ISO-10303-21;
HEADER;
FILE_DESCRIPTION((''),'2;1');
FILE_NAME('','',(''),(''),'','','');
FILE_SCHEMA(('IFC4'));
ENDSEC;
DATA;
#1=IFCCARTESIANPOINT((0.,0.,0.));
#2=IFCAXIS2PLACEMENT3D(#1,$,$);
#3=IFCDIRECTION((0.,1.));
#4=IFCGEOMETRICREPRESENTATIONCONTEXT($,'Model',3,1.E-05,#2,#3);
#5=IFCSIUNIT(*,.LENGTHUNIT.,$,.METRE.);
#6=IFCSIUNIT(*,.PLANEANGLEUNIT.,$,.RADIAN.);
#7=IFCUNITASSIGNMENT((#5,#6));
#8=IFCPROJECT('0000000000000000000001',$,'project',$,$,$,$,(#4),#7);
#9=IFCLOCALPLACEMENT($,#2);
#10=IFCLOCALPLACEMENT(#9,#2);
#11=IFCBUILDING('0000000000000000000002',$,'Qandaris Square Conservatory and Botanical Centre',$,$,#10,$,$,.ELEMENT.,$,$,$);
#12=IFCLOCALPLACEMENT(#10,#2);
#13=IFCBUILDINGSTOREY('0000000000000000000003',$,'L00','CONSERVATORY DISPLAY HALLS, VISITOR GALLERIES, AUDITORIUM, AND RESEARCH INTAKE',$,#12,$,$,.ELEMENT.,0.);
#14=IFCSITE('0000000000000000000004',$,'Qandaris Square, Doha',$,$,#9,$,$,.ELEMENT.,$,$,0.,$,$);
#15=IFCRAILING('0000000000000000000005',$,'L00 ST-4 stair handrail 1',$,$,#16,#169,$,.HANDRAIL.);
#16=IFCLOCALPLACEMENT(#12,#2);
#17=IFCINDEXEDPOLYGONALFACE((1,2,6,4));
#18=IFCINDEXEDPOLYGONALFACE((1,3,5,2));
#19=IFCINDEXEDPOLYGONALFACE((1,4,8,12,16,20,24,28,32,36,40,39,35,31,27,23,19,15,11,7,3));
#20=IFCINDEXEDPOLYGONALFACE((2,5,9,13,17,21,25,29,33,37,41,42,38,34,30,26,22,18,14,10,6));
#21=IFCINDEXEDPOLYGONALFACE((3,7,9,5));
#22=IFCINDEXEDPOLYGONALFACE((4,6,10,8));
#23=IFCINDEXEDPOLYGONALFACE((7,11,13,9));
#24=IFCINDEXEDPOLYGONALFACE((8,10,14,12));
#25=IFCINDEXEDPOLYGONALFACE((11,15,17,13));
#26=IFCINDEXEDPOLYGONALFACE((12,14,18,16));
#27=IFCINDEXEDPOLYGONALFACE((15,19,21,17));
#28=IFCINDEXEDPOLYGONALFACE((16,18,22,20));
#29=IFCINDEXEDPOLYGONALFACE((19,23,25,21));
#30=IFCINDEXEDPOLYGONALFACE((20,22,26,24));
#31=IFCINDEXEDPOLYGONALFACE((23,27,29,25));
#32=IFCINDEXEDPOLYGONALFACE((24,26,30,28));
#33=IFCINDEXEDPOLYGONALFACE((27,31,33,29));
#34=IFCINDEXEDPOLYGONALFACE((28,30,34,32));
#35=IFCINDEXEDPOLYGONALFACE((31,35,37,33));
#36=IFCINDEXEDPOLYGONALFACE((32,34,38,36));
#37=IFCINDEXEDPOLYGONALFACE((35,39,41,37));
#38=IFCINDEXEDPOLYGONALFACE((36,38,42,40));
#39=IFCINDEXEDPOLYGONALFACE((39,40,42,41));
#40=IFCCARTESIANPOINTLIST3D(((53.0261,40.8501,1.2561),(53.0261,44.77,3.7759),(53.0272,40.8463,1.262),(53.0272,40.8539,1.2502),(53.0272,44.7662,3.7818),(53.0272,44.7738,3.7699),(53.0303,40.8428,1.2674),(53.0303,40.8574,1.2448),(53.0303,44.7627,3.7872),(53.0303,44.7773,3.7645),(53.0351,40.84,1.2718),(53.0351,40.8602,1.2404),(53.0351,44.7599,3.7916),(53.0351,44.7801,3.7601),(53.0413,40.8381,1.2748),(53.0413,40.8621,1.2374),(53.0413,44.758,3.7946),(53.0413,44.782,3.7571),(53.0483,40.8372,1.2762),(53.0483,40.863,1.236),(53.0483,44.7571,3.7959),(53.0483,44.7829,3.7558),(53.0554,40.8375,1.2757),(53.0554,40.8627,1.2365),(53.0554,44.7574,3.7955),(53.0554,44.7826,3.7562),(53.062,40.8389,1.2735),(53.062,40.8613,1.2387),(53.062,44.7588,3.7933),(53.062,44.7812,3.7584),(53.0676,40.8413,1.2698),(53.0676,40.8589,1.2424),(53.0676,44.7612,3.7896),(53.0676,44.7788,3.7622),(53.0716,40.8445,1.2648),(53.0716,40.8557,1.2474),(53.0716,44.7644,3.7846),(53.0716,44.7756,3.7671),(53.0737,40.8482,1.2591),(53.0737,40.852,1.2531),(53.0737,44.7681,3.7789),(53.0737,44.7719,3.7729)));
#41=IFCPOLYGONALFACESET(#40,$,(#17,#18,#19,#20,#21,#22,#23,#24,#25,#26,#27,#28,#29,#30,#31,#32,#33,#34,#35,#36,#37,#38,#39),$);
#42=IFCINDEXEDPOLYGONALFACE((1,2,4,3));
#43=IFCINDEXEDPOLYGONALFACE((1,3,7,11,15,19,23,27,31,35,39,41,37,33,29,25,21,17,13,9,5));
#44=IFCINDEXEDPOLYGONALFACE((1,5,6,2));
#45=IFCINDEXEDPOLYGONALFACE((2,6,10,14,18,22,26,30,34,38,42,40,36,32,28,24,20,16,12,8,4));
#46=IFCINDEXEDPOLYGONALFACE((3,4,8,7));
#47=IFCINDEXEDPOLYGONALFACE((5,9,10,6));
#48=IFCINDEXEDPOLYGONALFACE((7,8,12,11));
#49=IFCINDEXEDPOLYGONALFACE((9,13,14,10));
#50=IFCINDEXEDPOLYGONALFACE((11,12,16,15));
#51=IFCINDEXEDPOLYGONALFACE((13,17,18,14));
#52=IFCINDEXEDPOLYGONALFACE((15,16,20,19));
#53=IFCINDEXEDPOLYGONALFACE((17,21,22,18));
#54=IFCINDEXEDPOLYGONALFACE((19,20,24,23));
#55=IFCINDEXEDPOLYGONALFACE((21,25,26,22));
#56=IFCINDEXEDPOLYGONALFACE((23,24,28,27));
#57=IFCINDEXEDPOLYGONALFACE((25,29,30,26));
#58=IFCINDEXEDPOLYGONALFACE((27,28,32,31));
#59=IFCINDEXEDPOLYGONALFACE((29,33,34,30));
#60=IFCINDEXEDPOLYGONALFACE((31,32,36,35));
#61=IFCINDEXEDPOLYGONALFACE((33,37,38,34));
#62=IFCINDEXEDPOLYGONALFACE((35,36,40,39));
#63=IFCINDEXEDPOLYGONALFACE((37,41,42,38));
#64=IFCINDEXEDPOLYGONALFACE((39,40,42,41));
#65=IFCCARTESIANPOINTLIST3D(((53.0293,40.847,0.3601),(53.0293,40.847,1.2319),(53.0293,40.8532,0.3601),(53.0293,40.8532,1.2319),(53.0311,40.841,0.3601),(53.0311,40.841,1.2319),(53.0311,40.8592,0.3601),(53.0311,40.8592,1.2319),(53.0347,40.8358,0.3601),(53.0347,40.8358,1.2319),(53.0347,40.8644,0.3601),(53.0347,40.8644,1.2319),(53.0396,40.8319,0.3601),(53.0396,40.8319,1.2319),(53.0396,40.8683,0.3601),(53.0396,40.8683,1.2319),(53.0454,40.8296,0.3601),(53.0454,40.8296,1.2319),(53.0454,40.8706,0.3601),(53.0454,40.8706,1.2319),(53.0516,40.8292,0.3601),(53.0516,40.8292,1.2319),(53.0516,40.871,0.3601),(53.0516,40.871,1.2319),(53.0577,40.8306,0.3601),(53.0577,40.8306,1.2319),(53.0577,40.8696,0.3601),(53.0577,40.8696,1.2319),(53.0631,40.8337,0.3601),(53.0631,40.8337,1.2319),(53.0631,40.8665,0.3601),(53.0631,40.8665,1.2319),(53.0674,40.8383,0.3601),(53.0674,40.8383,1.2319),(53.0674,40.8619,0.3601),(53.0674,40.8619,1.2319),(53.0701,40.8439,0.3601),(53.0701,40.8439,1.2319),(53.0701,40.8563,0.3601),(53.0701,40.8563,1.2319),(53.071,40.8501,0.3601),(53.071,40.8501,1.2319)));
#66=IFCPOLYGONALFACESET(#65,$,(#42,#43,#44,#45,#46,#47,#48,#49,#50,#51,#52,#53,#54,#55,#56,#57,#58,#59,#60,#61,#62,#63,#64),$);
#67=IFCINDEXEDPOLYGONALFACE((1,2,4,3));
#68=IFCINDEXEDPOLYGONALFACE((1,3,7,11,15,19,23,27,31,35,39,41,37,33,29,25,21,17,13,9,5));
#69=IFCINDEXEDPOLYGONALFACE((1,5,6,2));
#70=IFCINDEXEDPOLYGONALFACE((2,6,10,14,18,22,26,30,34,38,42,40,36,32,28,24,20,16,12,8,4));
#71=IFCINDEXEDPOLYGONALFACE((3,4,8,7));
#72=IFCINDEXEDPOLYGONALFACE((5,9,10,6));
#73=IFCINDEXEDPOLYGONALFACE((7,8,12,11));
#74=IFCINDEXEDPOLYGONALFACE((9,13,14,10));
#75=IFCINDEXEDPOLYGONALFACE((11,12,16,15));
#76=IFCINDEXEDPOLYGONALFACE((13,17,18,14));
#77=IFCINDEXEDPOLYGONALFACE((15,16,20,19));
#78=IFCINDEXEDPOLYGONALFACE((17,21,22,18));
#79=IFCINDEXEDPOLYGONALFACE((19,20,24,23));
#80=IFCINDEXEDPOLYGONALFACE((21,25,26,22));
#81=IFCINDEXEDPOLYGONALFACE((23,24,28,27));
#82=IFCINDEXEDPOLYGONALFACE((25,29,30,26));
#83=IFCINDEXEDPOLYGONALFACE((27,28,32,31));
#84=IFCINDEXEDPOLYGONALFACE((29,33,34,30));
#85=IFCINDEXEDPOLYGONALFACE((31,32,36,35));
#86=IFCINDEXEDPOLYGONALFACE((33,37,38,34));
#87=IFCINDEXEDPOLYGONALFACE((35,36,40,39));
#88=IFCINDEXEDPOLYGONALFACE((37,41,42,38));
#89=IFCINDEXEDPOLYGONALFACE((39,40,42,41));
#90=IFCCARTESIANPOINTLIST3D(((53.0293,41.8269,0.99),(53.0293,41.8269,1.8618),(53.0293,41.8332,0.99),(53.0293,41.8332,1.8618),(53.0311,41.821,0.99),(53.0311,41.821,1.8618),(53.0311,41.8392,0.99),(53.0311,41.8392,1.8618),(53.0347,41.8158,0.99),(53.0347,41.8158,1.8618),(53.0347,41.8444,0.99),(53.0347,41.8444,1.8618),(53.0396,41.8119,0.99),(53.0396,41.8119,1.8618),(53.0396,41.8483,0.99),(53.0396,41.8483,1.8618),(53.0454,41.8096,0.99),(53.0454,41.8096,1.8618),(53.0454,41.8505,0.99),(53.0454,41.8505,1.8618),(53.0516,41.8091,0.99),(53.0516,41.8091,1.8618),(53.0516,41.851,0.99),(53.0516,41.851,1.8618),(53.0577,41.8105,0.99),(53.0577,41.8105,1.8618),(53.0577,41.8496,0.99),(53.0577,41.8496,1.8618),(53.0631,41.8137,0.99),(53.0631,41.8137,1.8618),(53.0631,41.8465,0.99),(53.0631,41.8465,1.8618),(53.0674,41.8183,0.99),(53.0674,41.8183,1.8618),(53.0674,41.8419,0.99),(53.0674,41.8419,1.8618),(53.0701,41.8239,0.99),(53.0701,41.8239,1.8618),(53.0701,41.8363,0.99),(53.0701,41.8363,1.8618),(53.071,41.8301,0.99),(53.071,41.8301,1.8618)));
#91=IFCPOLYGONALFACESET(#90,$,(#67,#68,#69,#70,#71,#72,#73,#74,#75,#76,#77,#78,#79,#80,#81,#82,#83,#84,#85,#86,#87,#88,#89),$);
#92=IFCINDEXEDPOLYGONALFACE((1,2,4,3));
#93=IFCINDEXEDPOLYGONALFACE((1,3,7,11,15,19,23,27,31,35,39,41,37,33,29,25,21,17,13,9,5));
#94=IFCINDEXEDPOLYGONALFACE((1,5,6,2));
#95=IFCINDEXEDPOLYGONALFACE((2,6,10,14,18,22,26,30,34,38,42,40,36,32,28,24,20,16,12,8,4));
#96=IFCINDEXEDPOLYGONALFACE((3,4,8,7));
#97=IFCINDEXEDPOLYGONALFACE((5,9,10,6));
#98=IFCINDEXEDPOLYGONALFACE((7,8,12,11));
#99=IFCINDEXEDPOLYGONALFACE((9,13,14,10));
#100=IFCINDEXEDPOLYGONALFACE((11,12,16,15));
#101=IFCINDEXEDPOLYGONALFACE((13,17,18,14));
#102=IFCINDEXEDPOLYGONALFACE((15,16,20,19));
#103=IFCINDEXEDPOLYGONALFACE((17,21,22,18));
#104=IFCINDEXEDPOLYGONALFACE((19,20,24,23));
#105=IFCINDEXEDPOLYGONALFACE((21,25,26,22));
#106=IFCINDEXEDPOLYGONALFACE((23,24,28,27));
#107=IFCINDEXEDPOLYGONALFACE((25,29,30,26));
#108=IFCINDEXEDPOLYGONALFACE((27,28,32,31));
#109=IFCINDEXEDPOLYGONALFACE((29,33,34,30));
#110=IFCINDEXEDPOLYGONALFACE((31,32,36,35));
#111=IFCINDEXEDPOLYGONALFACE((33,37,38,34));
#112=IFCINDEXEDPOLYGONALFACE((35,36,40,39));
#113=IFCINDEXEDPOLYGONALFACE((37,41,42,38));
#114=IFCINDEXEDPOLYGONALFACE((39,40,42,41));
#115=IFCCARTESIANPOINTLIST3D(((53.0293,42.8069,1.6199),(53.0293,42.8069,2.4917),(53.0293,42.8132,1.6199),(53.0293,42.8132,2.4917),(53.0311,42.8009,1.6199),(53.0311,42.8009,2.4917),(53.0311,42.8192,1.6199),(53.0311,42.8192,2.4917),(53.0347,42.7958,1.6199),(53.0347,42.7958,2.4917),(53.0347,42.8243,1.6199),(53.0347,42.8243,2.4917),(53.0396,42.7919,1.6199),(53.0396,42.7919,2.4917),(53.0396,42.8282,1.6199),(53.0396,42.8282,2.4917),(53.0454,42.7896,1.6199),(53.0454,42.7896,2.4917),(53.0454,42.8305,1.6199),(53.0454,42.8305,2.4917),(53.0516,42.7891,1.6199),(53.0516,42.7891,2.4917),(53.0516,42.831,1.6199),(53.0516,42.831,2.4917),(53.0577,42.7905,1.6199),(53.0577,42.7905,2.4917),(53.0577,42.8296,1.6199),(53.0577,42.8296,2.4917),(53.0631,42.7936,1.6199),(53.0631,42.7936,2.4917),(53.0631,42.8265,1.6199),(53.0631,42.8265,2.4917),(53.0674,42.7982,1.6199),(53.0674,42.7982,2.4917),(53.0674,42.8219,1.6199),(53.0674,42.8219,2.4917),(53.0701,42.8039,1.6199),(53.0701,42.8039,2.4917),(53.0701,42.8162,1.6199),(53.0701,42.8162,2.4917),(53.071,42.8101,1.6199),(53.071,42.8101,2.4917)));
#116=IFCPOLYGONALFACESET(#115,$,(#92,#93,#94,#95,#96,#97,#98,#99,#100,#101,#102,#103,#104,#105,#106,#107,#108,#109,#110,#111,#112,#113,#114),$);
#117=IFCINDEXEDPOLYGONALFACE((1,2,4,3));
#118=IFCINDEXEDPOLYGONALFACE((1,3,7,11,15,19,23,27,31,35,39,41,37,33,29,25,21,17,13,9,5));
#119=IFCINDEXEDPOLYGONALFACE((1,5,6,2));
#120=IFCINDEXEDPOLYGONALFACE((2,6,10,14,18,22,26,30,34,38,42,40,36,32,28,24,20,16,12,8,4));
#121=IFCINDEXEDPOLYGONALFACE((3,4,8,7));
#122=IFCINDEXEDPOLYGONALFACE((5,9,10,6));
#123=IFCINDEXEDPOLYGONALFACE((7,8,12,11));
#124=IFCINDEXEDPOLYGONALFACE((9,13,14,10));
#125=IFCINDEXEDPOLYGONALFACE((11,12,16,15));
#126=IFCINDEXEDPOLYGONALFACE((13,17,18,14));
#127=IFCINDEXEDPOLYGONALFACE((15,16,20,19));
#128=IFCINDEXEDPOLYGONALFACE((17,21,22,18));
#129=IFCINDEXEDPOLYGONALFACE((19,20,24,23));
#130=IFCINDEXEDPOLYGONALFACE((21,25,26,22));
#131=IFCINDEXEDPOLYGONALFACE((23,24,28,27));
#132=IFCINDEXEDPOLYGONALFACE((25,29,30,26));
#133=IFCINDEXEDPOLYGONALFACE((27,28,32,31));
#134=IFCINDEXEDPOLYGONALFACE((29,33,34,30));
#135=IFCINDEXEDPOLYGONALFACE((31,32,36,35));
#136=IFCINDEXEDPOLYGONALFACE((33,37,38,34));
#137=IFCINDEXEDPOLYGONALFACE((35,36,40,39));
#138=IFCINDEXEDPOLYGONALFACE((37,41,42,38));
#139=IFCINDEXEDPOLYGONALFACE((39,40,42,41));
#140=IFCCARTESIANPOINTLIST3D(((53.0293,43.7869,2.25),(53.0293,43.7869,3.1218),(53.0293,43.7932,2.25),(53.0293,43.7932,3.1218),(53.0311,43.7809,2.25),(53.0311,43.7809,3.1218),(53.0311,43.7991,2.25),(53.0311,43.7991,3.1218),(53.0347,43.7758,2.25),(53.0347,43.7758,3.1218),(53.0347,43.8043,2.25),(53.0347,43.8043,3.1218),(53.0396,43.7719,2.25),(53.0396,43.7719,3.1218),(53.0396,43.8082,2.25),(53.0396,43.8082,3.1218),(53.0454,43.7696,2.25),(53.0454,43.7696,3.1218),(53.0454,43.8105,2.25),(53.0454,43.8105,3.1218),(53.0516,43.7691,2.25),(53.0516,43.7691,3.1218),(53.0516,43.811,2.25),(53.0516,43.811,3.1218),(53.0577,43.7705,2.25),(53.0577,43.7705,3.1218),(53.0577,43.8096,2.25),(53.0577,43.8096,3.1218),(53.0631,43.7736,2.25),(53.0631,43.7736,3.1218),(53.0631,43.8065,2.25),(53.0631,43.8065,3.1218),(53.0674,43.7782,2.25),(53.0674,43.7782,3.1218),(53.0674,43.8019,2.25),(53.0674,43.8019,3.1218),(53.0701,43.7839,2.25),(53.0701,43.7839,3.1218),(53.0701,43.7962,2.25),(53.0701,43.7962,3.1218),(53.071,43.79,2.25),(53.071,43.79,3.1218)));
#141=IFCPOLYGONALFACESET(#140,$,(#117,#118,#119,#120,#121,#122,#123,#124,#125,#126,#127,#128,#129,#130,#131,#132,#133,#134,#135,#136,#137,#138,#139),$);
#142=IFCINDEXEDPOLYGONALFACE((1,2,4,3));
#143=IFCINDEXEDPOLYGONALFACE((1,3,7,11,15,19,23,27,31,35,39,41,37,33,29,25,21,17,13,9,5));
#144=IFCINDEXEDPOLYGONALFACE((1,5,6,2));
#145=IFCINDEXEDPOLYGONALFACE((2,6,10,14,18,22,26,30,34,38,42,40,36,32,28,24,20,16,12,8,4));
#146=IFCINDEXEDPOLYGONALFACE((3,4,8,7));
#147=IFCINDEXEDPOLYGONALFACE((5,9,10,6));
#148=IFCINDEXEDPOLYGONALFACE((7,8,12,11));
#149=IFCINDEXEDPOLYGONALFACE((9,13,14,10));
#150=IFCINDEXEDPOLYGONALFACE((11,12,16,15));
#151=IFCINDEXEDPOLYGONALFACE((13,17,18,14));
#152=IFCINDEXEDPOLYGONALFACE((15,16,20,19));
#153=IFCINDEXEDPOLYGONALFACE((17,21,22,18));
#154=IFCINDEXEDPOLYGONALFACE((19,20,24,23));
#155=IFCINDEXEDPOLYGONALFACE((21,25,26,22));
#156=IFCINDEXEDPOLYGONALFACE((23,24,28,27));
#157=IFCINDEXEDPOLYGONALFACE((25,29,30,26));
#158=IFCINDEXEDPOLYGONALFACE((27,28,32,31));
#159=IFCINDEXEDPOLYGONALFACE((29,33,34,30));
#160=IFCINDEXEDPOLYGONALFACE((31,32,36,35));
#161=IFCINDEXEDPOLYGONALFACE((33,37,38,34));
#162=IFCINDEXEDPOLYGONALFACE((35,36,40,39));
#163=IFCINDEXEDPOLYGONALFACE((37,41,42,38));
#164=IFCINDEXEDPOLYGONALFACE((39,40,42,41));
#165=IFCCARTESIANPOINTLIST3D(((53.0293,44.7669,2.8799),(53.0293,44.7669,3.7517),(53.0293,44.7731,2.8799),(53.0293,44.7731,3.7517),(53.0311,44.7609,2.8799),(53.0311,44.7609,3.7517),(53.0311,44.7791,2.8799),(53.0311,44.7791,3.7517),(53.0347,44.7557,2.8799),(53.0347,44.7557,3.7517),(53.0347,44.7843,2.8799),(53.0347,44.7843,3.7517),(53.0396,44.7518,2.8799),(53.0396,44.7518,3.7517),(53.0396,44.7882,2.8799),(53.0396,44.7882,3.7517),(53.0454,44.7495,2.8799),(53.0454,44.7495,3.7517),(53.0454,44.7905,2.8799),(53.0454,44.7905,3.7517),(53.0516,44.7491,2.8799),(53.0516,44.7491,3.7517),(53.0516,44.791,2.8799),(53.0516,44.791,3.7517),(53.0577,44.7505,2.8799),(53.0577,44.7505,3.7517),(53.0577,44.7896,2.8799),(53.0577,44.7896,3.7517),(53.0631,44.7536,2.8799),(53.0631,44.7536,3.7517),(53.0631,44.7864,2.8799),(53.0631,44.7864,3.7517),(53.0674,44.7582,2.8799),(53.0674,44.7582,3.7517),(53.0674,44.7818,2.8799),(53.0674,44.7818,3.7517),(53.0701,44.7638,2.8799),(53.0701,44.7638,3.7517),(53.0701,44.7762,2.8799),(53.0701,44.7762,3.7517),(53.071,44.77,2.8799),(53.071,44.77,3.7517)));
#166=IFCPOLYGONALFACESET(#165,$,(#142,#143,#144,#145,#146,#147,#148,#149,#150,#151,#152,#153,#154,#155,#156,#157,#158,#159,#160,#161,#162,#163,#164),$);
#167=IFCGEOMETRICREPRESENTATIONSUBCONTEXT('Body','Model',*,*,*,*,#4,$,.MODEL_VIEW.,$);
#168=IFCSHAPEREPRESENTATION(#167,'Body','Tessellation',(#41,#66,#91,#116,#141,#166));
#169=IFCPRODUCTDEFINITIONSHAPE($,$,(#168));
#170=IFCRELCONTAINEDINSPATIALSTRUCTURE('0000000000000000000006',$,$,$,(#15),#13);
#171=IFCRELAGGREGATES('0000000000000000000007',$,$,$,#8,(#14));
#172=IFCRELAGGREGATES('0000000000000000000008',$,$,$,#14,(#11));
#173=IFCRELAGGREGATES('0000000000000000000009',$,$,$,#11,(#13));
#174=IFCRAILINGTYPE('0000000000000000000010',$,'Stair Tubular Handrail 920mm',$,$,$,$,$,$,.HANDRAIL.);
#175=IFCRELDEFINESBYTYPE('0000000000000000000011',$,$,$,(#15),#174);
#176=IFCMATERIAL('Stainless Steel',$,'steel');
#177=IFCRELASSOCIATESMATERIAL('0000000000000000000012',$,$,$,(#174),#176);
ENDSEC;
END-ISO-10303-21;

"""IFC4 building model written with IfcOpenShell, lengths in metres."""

from ifc_helpers import new_model, si_unit, direction, frame, origin, origin_2d, place, context, subcontext, project, spatial, circle, extrude, material, type_object, element, save


model = new_model("IFC4")

# Units and contexts
model_context = context("Model", 3, precision=1e-05, world=origin(), true_north=direction((0.0, 1.0)))
body_context = subcontext(model_context, "Body", "Model", "MODEL_VIEW")
ifc_project = project(units=[si_unit("LENGTHUNIT", "METRE"), si_unit("PLANEANGLEUNIT", "RADIAN")], contexts=[model_context])

# Site, building, storey
site_placement = place(None, origin())
site = spatial("IfcSite", under=ifc_project, at=site_placement, Name="Qandaris Square, Doha", CompositionType="ELEMENT", RefElevation=0.0)
building_placement = place(site_placement, origin())
building = spatial("IfcBuilding", under=site, at=building_placement, Name="Qandaris Square Conservatory and Botanical Centre", CompositionType="ELEMENT")
storey_placement = place(building_placement, origin())
storey = spatial("IfcBuildingStorey", under=building, at=storey_placement, Name="L00", Description="CONSERVATORY DISPLAY HALLS, VISITOR GALLERIES, AUDITORIUM, AND RESEARCH INTAKE", CompositionType="ELEMENT", Elevation=0.0)

# Railing
ifc_material_1 = material(Name="Stainless Steel", Category="steel")
railing_type_1 = type_object("IfcRailingType", Name="Stair Tubular Handrail 920mm", PredefinedType="HANDRAIL", material=ifc_material_1)
railing_1_placement = place(storey_placement, frame((53.05, 40.8501, 0.3601)))
element("IfcRailing", 1, at=railing_1_placement, inside=storey, type_object=railing_type_1, Name="L00 ST-4 stair handrail 1", PredefinedType="HANDRAIL", context=body_context, shape_type="SweptSolid", body=[
    extrude(circle(Radius=0.0239, at=origin_2d()), frame((0.0, 0.0, 0.896), z_axis=(0.0, 0.841195, 0.540731), x_axis=(-1.0, 0.0, 0.0)), (0.0, 0.0, 1.0), 4.6599),
    extrude(circle(Radius=0.021, at=origin_2d()), origin(), (0.0, 0.0, 1.0), 0.8718),
    extrude(circle(Radius=0.021, at=origin_2d()), frame((0.0, 0.98, 0.6299)), (0.0, 0.0, 1.0), 0.8718),
    extrude(circle(Radius=0.021, at=origin_2d()), frame((0.0, 1.96, 1.2598)), (0.0, 0.0, 1.0), 0.8718),
    extrude(circle(Radius=0.021, at=origin_2d()), frame((0.0, 2.9399, 1.8899)), (0.0, 0.0, 1.0), 0.8718),
    extrude(circle(Radius=0.021, at=origin_2d()), frame((0.0, 3.9199, 2.5198)), (0.0, 0.0, 1.0), 0.8718),
])

save(model, "model.ifc")
